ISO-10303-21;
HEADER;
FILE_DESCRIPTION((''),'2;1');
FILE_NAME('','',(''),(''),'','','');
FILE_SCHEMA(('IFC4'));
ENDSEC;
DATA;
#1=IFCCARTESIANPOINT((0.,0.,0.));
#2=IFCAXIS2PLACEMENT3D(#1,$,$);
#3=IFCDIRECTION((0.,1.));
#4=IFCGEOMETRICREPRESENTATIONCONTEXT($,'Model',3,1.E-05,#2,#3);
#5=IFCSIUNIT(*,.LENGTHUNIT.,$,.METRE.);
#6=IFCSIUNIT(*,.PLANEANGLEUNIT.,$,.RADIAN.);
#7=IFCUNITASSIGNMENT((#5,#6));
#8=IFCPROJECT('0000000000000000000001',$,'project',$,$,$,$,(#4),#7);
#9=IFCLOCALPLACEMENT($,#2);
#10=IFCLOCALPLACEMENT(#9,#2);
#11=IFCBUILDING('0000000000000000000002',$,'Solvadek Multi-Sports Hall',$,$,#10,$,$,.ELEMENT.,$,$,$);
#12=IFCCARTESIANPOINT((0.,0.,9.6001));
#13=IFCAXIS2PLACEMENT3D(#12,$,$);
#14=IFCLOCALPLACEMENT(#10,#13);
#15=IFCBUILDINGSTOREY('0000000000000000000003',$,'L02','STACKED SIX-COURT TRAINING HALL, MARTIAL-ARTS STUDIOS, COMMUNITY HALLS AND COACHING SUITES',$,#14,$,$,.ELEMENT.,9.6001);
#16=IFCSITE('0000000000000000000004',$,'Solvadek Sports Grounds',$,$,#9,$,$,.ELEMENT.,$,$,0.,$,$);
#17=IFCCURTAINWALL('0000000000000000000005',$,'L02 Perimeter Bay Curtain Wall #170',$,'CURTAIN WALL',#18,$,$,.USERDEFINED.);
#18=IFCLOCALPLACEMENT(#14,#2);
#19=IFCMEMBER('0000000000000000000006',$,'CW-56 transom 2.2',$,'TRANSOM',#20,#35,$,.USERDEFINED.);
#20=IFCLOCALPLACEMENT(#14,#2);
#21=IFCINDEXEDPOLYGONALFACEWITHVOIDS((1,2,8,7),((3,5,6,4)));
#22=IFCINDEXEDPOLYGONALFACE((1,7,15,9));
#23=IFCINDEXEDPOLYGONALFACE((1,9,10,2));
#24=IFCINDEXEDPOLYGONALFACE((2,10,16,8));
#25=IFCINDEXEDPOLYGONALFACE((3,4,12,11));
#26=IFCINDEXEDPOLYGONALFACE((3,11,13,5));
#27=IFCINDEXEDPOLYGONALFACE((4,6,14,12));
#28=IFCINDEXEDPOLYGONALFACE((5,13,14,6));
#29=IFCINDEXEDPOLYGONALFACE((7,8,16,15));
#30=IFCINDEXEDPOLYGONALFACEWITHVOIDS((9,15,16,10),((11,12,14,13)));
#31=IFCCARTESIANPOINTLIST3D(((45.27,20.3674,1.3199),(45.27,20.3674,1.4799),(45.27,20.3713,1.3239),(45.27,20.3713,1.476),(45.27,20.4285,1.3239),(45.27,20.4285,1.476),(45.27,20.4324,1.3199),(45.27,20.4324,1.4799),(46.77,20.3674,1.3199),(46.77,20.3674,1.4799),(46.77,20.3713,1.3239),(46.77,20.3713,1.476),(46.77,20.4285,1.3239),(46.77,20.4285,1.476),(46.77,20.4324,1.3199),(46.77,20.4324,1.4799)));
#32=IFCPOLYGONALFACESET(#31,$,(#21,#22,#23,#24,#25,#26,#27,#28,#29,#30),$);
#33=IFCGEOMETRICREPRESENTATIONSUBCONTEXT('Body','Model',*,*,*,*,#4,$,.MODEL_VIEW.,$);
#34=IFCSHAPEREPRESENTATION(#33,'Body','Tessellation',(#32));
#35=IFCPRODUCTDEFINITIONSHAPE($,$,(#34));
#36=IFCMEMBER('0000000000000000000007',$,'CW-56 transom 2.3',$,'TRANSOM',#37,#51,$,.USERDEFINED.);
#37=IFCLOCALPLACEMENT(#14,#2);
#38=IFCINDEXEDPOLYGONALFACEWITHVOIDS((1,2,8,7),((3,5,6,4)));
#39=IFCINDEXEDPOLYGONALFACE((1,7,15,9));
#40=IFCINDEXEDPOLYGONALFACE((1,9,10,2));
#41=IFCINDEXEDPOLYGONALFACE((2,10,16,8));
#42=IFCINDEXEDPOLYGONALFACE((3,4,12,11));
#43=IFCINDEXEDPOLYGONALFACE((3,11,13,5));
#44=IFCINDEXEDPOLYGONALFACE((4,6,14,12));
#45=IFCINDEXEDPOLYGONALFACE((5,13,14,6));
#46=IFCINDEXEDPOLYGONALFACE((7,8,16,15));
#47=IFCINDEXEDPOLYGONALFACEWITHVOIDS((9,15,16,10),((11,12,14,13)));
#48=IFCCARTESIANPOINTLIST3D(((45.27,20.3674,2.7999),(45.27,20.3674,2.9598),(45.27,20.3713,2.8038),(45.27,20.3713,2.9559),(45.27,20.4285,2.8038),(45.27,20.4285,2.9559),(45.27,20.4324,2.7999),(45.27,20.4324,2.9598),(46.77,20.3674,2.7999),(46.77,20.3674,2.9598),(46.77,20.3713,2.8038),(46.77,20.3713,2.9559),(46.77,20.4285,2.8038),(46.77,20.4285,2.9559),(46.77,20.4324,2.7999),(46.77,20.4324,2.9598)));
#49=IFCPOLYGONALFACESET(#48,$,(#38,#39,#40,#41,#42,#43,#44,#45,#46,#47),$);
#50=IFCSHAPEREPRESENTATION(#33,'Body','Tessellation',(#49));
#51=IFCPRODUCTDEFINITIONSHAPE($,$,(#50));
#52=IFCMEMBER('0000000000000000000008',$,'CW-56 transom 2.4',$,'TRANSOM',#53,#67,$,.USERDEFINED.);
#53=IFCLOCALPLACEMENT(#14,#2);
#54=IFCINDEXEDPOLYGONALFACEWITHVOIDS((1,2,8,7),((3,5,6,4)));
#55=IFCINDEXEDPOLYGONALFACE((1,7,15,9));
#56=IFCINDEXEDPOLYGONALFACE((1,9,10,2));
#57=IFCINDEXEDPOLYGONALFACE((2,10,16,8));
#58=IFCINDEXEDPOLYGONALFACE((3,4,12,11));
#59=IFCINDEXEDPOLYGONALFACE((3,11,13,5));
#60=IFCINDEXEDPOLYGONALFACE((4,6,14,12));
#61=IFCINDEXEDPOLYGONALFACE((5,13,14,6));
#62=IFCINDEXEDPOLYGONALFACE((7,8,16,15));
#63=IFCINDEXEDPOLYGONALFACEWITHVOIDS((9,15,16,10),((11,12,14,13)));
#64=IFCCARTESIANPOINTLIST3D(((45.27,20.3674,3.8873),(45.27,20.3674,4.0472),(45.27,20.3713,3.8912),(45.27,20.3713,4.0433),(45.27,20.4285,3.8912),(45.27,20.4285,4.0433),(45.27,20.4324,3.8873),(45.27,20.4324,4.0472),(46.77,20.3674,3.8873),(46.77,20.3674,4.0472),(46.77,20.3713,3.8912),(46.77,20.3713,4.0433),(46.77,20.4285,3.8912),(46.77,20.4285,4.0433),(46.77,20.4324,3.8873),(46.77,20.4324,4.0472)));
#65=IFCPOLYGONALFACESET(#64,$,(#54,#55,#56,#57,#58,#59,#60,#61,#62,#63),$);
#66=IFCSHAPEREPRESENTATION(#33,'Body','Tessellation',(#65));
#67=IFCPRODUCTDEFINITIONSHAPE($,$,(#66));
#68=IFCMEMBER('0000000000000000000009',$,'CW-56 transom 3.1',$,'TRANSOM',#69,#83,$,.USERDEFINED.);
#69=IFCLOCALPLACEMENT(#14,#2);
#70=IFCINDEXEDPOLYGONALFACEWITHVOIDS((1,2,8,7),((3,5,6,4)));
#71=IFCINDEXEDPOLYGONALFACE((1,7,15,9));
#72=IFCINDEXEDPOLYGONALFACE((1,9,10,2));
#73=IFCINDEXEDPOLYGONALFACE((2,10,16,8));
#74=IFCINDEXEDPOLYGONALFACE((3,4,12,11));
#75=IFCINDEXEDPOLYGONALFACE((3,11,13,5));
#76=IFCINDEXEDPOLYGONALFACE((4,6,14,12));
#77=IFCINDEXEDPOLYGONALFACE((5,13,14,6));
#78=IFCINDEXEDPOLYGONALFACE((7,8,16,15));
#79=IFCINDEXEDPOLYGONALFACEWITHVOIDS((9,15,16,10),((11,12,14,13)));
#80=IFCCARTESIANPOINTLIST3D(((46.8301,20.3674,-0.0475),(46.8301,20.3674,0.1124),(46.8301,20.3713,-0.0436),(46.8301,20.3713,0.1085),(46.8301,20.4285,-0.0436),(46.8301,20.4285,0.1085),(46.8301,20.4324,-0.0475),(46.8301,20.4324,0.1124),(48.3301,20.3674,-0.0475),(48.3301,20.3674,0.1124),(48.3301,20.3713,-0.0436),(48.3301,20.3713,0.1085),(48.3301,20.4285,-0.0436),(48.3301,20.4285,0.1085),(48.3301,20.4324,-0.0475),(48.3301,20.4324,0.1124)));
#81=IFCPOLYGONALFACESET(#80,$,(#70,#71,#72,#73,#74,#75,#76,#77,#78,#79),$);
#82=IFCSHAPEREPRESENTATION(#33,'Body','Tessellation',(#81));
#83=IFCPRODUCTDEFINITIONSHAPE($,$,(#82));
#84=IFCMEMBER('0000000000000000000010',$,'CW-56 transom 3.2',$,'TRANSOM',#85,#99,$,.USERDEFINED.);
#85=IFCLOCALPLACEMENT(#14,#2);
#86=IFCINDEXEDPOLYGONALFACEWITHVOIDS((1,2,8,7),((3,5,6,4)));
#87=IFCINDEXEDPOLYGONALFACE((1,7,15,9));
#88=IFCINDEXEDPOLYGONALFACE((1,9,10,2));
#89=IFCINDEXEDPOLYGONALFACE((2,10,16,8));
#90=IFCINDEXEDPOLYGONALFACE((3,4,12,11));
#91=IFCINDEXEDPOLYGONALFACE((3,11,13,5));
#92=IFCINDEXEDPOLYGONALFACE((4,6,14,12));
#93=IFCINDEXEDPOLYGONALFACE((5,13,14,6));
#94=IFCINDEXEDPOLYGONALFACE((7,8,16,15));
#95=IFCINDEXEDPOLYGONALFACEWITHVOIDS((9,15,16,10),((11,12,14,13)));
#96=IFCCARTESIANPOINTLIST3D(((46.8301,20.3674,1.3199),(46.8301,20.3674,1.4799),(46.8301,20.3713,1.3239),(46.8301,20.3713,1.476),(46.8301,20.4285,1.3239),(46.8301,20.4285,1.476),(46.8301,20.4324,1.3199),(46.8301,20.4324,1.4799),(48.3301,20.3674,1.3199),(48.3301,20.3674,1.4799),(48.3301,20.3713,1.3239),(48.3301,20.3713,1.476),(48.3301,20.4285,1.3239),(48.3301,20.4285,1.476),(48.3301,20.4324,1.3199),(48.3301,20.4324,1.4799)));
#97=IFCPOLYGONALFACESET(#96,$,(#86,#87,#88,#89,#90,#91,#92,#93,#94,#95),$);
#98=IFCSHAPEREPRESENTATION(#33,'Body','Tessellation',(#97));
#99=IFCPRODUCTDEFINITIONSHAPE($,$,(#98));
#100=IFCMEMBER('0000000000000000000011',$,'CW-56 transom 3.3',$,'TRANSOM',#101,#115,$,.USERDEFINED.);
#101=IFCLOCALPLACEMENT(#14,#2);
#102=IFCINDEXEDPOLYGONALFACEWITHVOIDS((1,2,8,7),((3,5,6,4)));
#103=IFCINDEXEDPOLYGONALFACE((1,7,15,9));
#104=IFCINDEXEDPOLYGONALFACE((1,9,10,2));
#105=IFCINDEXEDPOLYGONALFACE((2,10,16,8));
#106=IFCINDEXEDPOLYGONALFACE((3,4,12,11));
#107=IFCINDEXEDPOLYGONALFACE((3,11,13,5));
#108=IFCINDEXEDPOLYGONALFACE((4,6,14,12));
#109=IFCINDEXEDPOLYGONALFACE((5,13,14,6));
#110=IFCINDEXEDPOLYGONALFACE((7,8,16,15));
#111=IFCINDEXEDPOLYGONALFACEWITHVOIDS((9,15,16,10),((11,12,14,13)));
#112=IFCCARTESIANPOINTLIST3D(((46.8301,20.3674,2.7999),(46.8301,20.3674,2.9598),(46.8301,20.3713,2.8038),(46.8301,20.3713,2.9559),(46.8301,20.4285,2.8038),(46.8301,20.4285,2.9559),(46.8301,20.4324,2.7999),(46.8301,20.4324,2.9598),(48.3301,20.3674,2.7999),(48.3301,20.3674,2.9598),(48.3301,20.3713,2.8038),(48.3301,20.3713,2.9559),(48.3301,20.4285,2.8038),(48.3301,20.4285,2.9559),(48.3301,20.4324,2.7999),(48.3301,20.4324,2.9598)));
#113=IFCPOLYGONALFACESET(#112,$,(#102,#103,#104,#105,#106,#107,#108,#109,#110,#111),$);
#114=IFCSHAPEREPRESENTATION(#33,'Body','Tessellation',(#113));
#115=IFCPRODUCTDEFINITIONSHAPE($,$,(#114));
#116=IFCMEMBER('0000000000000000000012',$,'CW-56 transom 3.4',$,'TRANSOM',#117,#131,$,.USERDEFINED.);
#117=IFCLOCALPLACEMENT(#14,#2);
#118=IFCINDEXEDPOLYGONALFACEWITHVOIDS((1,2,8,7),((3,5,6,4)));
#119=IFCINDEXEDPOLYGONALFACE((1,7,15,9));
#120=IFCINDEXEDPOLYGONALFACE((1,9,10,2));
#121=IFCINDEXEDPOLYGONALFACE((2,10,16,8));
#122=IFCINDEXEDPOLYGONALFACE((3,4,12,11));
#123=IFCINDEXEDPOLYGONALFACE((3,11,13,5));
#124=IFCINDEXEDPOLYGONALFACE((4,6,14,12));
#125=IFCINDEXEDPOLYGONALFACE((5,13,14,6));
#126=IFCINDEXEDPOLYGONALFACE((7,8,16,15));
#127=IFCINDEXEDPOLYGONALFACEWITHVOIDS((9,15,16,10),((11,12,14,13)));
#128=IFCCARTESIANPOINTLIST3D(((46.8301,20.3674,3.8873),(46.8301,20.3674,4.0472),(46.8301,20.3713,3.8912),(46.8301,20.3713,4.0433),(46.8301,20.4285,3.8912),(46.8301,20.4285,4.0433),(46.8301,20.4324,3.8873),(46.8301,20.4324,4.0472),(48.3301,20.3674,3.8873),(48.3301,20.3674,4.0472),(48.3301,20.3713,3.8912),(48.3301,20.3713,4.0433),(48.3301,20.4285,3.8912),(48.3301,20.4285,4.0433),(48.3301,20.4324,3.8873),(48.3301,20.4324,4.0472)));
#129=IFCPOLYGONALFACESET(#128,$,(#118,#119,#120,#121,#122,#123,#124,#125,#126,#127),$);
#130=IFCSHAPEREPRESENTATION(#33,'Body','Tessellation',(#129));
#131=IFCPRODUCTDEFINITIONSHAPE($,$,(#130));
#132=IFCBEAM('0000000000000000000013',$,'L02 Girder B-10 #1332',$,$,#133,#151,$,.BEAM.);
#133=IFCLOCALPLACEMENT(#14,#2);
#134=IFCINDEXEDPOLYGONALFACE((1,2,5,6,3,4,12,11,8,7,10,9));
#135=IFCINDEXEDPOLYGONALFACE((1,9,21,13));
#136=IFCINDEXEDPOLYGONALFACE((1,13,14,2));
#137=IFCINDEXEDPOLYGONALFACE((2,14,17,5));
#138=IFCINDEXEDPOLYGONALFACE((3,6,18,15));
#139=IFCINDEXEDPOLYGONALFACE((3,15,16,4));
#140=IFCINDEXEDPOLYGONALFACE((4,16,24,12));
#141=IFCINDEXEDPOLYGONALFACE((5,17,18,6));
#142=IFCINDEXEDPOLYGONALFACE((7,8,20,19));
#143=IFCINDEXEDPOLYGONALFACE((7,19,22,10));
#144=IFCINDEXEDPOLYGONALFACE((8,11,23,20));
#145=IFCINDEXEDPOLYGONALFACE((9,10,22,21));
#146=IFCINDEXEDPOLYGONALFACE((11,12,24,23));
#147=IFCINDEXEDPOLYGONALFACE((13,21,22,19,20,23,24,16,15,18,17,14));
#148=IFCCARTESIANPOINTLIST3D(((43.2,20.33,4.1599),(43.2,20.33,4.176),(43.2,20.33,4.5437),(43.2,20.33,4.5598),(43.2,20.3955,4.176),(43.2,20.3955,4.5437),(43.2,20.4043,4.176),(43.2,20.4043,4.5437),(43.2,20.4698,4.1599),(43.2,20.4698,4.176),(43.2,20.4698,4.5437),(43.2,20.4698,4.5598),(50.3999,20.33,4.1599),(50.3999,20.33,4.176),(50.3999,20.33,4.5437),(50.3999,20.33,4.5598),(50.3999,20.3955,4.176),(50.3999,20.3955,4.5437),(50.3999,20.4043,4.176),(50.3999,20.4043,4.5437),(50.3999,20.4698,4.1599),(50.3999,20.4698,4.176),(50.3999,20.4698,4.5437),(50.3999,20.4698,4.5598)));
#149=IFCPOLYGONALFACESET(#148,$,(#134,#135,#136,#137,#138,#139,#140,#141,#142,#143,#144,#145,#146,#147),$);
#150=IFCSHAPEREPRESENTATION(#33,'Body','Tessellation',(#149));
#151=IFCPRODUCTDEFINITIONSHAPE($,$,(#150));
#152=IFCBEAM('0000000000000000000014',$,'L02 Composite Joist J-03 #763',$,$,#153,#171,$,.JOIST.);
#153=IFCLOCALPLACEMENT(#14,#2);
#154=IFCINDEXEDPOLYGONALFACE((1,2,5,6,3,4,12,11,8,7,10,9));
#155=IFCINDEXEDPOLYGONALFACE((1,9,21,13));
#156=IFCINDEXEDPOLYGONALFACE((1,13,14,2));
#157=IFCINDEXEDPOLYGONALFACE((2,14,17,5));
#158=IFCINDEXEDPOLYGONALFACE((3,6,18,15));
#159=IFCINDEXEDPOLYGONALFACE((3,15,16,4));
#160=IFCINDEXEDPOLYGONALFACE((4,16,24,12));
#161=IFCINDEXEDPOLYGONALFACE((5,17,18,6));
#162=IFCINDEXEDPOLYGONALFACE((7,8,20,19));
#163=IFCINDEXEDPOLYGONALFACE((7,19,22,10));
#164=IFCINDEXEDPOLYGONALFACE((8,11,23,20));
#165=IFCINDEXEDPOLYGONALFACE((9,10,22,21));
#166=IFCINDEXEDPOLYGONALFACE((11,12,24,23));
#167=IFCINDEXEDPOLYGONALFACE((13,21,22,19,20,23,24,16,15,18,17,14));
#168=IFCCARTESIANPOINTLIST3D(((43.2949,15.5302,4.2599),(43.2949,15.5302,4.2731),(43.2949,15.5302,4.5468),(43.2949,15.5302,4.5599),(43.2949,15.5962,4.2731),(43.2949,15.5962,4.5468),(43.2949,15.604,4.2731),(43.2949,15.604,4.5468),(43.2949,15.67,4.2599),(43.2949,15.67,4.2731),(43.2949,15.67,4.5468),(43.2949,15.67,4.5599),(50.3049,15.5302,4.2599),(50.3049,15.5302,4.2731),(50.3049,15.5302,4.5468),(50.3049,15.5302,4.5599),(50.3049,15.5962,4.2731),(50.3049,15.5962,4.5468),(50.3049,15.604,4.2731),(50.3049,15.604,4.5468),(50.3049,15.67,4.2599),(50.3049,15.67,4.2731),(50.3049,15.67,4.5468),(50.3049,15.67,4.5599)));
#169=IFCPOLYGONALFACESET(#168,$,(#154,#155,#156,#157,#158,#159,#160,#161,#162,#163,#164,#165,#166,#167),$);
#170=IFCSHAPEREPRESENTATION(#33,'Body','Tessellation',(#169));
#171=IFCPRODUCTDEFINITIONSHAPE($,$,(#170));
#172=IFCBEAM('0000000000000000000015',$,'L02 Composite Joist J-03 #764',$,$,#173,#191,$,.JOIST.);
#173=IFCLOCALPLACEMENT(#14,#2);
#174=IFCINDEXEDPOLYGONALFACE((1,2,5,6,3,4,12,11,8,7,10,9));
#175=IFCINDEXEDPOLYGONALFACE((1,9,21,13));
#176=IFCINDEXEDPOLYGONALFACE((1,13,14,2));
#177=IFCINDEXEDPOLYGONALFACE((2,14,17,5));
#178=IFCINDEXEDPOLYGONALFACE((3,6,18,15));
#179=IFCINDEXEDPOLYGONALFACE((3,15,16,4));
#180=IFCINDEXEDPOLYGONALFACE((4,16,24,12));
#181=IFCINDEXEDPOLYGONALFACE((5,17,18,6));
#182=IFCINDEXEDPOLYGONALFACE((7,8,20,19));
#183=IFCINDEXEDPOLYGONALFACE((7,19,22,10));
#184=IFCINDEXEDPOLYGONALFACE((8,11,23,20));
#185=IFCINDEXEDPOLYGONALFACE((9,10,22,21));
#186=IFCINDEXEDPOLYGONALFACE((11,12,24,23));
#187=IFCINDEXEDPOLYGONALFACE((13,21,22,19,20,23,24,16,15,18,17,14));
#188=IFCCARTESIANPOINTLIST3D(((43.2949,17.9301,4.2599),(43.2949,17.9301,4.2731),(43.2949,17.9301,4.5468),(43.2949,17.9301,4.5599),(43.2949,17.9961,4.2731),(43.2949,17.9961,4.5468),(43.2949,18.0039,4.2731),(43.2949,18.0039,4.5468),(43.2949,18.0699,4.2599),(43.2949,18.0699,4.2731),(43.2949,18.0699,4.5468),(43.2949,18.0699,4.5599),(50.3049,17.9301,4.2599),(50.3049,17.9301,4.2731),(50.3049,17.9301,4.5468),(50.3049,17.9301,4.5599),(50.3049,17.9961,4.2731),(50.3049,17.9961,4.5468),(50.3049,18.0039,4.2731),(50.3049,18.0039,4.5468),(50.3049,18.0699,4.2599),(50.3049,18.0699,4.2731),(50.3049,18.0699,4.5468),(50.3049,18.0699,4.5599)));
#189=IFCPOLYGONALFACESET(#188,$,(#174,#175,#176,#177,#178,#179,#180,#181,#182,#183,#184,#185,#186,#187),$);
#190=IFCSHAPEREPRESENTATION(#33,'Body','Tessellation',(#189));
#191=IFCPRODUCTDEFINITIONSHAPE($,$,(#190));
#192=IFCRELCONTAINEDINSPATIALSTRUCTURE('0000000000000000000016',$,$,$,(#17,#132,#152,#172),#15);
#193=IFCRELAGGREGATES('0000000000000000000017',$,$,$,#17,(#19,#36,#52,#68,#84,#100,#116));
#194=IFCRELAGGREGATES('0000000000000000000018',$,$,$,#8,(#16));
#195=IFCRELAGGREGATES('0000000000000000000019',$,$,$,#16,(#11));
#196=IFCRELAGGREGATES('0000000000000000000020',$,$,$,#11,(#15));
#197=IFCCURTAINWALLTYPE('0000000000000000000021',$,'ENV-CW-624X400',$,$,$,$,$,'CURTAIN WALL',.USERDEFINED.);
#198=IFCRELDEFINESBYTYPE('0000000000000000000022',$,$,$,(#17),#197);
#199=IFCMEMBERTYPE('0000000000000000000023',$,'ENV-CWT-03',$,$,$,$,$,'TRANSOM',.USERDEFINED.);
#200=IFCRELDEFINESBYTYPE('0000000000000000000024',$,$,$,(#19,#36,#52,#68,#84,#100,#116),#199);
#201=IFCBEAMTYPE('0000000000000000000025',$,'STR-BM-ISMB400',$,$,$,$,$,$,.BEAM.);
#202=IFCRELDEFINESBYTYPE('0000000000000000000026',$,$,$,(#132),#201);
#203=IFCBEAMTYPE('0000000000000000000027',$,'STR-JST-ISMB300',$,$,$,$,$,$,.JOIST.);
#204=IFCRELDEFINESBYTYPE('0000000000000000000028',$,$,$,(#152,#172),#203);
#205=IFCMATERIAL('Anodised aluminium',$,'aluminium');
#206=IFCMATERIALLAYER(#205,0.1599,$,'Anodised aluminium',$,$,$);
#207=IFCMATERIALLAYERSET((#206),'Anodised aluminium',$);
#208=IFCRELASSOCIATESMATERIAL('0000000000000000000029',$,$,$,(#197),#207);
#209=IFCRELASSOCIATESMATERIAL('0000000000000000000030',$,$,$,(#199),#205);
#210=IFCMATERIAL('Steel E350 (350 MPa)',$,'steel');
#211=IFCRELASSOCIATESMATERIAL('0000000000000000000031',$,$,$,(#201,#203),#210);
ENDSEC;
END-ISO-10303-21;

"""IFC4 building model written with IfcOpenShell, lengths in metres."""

from ifc_helpers import new_model, si_unit, direction, frame, origin, origin_2d, place, context, subcontext, project, spatial, hollow_rectangle, i_section, extrude, material, layer, layer_set, material_profile, profile_set, type_object, element, aggregate, save


model = new_model("IFC4")

# Units and contexts
model_context = context("Model", 3, precision=1e-05, world=origin(), true_north=direction((0.0, 1.0)))
body_context = subcontext(model_context, "Body", "Model", "MODEL_VIEW")
ifc_project = project(units=[si_unit("LENGTHUNIT", "METRE"), si_unit("PLANEANGLEUNIT", "RADIAN")], contexts=[model_context])

# Site, building, storey
site_placement = place(None, origin())
site = spatial("IfcSite", under=ifc_project, at=site_placement, Name="Solvadek Sports Grounds", CompositionType="ELEMENT", RefElevation=0.0)
building_placement = place(site_placement, origin())
building = spatial("IfcBuilding", under=site, at=building_placement, Name="Solvadek Multi-Sports Hall", CompositionType="ELEMENT")
storey_placement = place(building_placement, frame((0.0, 0.0, 9.6001)))
storey = spatial("IfcBuildingStorey", under=building, at=storey_placement, Name="L02", Description="STACKED SIX-COURT TRAINING HALL, MARTIAL-ARTS STUDIOS, COMMUNITY HALLS AND COACHING SUITES", CompositionType="ELEMENT", Elevation=9.6001)

# Shared definitions
ifc_material_1 = material(Name="Steel E350 (350 MPa)", Category="steel")

# Shared definitions
ifc_material_2 = material(Name="Anodised aluminium", Category="aluminium")

# Curtain wall, members
ifc_layer_1 = layer(ifc_material_2, 0.1599, Name="Anodised aluminium")
ifc_layer_set_1 = layer_set([ifc_layer_1], Name="Anodised aluminium")
curtain_wall_type_1 = type_object("IfcCurtainWallType", Name="ENV-CW-624X400", ElementType="CURTAIN WALL", PredefinedType="USERDEFINED", material=ifc_layer_set_1)
curtain_wall_1_placement = place(storey_placement, origin())
curtain_wall_1 = element("IfcCurtainWall", 1, at=curtain_wall_1_placement, inside=storey, type_object=curtain_wall_type_1, Name="L02 Perimeter Bay Curtain Wall #170", ObjectType="CURTAIN WALL", PredefinedType="USERDEFINED")
ifc_material_profile_1 = material_profile(ifc_material_2, hollow_rectangle(XDim=0.0649, YDim=0.1599, WallThickness=0.0039, at=origin_2d()), Name="ALU-T 160x65x4")
ifc_profile_set_1 = profile_set([ifc_material_profile_1], Name="Anodised aluminium")
member_type_1 = type_object("IfcMemberType", Name="ENV-CWT-03", ElementType="TRANSOM", PredefinedType="USERDEFINED", material=ifc_profile_set_1)
member_1_placement = place(storey_placement, frame((45.27, 20.3999, 1.3999), z_axis=(1.0, 0.0, 0.0), x_axis=(0.0, 1.0, 0.0)))
member_1 = element("IfcMember", 2, at=member_1_placement, type_object=member_type_1, Name="CW-56 transom 2.2", ObjectType="TRANSOM", PredefinedType="USERDEFINED", context=body_context, shape_type="SweptSolid", body=[
    extrude(hollow_rectangle(XDim=0.0649, YDim=0.1599, WallThickness=0.0039, at=origin_2d()), origin(), (0.0, 0.0, 1.0), 1.5),
])
member_2_placement = place(storey_placement, frame((45.27, 20.3999, 2.8799), z_axis=(1.0, 0.0, 0.0), x_axis=(0.0, 1.0, 0.0)))
member_2 = element("IfcMember", 3, at=member_2_placement, type_object=member_type_1, Name="CW-56 transom 2.3", ObjectType="TRANSOM", PredefinedType="USERDEFINED", context=body_context, shape_type="SweptSolid", body=[
    extrude(hollow_rectangle(XDim=0.0649, YDim=0.1599, WallThickness=0.0039, at=origin_2d()), origin(), (0.0, 0.0, 1.0), 1.5),
])
member_3_placement = place(storey_placement, frame((45.27, 20.3999, 3.9673), z_axis=(1.0, 0.0, 0.0), x_axis=(0.0, 1.0, 0.0)))
member_3 = element("IfcMember", 4, at=member_3_placement, type_object=member_type_1, Name="CW-56 transom 2.4", ObjectType="TRANSOM", PredefinedType="USERDEFINED", context=body_context, shape_type="SweptSolid", body=[
    extrude(hollow_rectangle(XDim=0.0649, YDim=0.1599, WallThickness=0.0039, at=origin_2d()), origin(), (0.0, 0.0, 1.0), 1.5),
])
member_4_placement = place(storey_placement, frame((46.8301, 20.3999, 0.0325), z_axis=(1.0, 0.0, 0.0), x_axis=(0.0, 1.0, 0.0)))
member_4 = element("IfcMember", 5, at=member_4_placement, type_object=member_type_1, Name="CW-56 transom 3.1", ObjectType="TRANSOM", PredefinedType="USERDEFINED", context=body_context, shape_type="SweptSolid", body=[
    extrude(hollow_rectangle(XDim=0.0649, YDim=0.1599, WallThickness=0.0039, at=origin_2d()), origin(), (0.0, 0.0, 1.0), 1.5),
])
member_5_placement = place(storey_placement, frame((46.8301, 20.3999, 1.3999), z_axis=(1.0, 0.0, 0.0), x_axis=(0.0, 1.0, 0.0)))
member_5 = element("IfcMember", 6, at=member_5_placement, type_object=member_type_1, Name="CW-56 transom 3.2", ObjectType="TRANSOM", PredefinedType="USERDEFINED", context=body_context, shape_type="SweptSolid", body=[
    extrude(hollow_rectangle(XDim=0.0649, YDim=0.1599, WallThickness=0.0039, at=origin_2d()), origin(), (0.0, 0.0, 1.0), 1.5),
])
member_6_placement = place(storey_placement, frame((46.8301, 20.3999, 2.8799), z_axis=(1.0, 0.0, 0.0), x_axis=(0.0, 1.0, 0.0)))
member_6 = element("IfcMember", 7, at=member_6_placement, type_object=member_type_1, Name="CW-56 transom 3.3", ObjectType="TRANSOM", PredefinedType="USERDEFINED", context=body_context, shape_type="SweptSolid", body=[
    extrude(hollow_rectangle(XDim=0.0649, YDim=0.1599, WallThickness=0.0039, at=origin_2d()), origin(), (0.0, 0.0, 1.0), 1.5),
])
member_7_placement = place(storey_placement, frame((46.8301, 20.3999, 3.9673), z_axis=(1.0, 0.0, 0.0), x_axis=(0.0, 1.0, 0.0)))
member_7 = element("IfcMember", 8, at=member_7_placement, type_object=member_type_1, Name="CW-56 transom 3.4", ObjectType="TRANSOM", PredefinedType="USERDEFINED", context=body_context, shape_type="SweptSolid", body=[
    extrude(hollow_rectangle(XDim=0.0649, YDim=0.1599, WallThickness=0.0039, at=origin_2d()), origin(), (0.0, 0.0, 1.0), 1.5),
])

# Beams
ifc_material_profile_2 = material_profile(ifc_material_1, i_section(OverallWidth=0.1399, OverallDepth=0.3999, WebThickness=0.0088, FlangeThickness=0.0161, at=origin_2d()), Name="ISMB 400")
ifc_profile_set_2 = profile_set([ifc_material_profile_2], Name="Steel E350 (350 MPa)")
beam_type_1 = type_object("IfcBeamType", Name="STR-BM-ISMB400", PredefinedType="BEAM", material=ifc_profile_set_2)
beam_placement = place(storey_placement, frame((43.2, 20.3999, 4.3599), z_axis=(1.0, 0.0, 0.0), x_axis=(0.0, 1.0, 0.0)))
element("IfcBeam", 9, at=beam_placement, inside=storey, type_object=beam_type_1, Name="L02 Girder B-10 #1332", PredefinedType="BEAM", context=body_context, shape_type="SweptSolid", body=[
    extrude(i_section(OverallWidth=0.1399, OverallDepth=0.3999, WebThickness=0.0088, FlangeThickness=0.0161, at=origin_2d()), origin(), (0.0, 0.0, 1.0), 7.2),
])
ifc_material_profile_3 = material_profile(ifc_material_1, i_section(OverallWidth=0.1399, OverallDepth=0.3, WebThickness=0.0078, FlangeThickness=0.0132, at=origin_2d()), Name="ISMB 300")
ifc_profile_set_3 = profile_set([ifc_material_profile_3], Name="Steel E350 (350 MPa)")
beam_type_2 = type_object("IfcBeamType", Name="STR-JST-ISMB300", PredefinedType="JOIST", material=ifc_profile_set_3)
for number, where, z_axis, x_axis, name in (
    (10, (43.2949, 15.6001, 4.4099), (1.0, 0.0, 0.0), (0.0, 1.0, 0.0), "L02 Composite Joist J-03 #763"),
    (11, (43.2949, 18.0, 4.4099), (1.0, 0.0, 0.0), (0.0, 1.0, 0.0), "L02 Composite Joist J-03 #764"),
):
    element("IfcBeam", number, at=place(storey_placement, frame(where, z_axis=z_axis, x_axis=x_axis)), inside=storey, type_object=beam_type_2, Name=name, PredefinedType="JOIST", context=body_context, shape_type="SweptSolid", body=[
        extrude(i_section(OverallWidth=0.1399, OverallDepth=0.3, WebThickness=0.0078, FlangeThickness=0.0132, at=origin_2d()), origin(), (0.0, 0.0, 1.0), 7.01),
    ])

aggregate(curtain_wall_1, [member_1, member_2, member_3, member_4, member_5, member_6, member_7])

save(model, "model.ifc")
